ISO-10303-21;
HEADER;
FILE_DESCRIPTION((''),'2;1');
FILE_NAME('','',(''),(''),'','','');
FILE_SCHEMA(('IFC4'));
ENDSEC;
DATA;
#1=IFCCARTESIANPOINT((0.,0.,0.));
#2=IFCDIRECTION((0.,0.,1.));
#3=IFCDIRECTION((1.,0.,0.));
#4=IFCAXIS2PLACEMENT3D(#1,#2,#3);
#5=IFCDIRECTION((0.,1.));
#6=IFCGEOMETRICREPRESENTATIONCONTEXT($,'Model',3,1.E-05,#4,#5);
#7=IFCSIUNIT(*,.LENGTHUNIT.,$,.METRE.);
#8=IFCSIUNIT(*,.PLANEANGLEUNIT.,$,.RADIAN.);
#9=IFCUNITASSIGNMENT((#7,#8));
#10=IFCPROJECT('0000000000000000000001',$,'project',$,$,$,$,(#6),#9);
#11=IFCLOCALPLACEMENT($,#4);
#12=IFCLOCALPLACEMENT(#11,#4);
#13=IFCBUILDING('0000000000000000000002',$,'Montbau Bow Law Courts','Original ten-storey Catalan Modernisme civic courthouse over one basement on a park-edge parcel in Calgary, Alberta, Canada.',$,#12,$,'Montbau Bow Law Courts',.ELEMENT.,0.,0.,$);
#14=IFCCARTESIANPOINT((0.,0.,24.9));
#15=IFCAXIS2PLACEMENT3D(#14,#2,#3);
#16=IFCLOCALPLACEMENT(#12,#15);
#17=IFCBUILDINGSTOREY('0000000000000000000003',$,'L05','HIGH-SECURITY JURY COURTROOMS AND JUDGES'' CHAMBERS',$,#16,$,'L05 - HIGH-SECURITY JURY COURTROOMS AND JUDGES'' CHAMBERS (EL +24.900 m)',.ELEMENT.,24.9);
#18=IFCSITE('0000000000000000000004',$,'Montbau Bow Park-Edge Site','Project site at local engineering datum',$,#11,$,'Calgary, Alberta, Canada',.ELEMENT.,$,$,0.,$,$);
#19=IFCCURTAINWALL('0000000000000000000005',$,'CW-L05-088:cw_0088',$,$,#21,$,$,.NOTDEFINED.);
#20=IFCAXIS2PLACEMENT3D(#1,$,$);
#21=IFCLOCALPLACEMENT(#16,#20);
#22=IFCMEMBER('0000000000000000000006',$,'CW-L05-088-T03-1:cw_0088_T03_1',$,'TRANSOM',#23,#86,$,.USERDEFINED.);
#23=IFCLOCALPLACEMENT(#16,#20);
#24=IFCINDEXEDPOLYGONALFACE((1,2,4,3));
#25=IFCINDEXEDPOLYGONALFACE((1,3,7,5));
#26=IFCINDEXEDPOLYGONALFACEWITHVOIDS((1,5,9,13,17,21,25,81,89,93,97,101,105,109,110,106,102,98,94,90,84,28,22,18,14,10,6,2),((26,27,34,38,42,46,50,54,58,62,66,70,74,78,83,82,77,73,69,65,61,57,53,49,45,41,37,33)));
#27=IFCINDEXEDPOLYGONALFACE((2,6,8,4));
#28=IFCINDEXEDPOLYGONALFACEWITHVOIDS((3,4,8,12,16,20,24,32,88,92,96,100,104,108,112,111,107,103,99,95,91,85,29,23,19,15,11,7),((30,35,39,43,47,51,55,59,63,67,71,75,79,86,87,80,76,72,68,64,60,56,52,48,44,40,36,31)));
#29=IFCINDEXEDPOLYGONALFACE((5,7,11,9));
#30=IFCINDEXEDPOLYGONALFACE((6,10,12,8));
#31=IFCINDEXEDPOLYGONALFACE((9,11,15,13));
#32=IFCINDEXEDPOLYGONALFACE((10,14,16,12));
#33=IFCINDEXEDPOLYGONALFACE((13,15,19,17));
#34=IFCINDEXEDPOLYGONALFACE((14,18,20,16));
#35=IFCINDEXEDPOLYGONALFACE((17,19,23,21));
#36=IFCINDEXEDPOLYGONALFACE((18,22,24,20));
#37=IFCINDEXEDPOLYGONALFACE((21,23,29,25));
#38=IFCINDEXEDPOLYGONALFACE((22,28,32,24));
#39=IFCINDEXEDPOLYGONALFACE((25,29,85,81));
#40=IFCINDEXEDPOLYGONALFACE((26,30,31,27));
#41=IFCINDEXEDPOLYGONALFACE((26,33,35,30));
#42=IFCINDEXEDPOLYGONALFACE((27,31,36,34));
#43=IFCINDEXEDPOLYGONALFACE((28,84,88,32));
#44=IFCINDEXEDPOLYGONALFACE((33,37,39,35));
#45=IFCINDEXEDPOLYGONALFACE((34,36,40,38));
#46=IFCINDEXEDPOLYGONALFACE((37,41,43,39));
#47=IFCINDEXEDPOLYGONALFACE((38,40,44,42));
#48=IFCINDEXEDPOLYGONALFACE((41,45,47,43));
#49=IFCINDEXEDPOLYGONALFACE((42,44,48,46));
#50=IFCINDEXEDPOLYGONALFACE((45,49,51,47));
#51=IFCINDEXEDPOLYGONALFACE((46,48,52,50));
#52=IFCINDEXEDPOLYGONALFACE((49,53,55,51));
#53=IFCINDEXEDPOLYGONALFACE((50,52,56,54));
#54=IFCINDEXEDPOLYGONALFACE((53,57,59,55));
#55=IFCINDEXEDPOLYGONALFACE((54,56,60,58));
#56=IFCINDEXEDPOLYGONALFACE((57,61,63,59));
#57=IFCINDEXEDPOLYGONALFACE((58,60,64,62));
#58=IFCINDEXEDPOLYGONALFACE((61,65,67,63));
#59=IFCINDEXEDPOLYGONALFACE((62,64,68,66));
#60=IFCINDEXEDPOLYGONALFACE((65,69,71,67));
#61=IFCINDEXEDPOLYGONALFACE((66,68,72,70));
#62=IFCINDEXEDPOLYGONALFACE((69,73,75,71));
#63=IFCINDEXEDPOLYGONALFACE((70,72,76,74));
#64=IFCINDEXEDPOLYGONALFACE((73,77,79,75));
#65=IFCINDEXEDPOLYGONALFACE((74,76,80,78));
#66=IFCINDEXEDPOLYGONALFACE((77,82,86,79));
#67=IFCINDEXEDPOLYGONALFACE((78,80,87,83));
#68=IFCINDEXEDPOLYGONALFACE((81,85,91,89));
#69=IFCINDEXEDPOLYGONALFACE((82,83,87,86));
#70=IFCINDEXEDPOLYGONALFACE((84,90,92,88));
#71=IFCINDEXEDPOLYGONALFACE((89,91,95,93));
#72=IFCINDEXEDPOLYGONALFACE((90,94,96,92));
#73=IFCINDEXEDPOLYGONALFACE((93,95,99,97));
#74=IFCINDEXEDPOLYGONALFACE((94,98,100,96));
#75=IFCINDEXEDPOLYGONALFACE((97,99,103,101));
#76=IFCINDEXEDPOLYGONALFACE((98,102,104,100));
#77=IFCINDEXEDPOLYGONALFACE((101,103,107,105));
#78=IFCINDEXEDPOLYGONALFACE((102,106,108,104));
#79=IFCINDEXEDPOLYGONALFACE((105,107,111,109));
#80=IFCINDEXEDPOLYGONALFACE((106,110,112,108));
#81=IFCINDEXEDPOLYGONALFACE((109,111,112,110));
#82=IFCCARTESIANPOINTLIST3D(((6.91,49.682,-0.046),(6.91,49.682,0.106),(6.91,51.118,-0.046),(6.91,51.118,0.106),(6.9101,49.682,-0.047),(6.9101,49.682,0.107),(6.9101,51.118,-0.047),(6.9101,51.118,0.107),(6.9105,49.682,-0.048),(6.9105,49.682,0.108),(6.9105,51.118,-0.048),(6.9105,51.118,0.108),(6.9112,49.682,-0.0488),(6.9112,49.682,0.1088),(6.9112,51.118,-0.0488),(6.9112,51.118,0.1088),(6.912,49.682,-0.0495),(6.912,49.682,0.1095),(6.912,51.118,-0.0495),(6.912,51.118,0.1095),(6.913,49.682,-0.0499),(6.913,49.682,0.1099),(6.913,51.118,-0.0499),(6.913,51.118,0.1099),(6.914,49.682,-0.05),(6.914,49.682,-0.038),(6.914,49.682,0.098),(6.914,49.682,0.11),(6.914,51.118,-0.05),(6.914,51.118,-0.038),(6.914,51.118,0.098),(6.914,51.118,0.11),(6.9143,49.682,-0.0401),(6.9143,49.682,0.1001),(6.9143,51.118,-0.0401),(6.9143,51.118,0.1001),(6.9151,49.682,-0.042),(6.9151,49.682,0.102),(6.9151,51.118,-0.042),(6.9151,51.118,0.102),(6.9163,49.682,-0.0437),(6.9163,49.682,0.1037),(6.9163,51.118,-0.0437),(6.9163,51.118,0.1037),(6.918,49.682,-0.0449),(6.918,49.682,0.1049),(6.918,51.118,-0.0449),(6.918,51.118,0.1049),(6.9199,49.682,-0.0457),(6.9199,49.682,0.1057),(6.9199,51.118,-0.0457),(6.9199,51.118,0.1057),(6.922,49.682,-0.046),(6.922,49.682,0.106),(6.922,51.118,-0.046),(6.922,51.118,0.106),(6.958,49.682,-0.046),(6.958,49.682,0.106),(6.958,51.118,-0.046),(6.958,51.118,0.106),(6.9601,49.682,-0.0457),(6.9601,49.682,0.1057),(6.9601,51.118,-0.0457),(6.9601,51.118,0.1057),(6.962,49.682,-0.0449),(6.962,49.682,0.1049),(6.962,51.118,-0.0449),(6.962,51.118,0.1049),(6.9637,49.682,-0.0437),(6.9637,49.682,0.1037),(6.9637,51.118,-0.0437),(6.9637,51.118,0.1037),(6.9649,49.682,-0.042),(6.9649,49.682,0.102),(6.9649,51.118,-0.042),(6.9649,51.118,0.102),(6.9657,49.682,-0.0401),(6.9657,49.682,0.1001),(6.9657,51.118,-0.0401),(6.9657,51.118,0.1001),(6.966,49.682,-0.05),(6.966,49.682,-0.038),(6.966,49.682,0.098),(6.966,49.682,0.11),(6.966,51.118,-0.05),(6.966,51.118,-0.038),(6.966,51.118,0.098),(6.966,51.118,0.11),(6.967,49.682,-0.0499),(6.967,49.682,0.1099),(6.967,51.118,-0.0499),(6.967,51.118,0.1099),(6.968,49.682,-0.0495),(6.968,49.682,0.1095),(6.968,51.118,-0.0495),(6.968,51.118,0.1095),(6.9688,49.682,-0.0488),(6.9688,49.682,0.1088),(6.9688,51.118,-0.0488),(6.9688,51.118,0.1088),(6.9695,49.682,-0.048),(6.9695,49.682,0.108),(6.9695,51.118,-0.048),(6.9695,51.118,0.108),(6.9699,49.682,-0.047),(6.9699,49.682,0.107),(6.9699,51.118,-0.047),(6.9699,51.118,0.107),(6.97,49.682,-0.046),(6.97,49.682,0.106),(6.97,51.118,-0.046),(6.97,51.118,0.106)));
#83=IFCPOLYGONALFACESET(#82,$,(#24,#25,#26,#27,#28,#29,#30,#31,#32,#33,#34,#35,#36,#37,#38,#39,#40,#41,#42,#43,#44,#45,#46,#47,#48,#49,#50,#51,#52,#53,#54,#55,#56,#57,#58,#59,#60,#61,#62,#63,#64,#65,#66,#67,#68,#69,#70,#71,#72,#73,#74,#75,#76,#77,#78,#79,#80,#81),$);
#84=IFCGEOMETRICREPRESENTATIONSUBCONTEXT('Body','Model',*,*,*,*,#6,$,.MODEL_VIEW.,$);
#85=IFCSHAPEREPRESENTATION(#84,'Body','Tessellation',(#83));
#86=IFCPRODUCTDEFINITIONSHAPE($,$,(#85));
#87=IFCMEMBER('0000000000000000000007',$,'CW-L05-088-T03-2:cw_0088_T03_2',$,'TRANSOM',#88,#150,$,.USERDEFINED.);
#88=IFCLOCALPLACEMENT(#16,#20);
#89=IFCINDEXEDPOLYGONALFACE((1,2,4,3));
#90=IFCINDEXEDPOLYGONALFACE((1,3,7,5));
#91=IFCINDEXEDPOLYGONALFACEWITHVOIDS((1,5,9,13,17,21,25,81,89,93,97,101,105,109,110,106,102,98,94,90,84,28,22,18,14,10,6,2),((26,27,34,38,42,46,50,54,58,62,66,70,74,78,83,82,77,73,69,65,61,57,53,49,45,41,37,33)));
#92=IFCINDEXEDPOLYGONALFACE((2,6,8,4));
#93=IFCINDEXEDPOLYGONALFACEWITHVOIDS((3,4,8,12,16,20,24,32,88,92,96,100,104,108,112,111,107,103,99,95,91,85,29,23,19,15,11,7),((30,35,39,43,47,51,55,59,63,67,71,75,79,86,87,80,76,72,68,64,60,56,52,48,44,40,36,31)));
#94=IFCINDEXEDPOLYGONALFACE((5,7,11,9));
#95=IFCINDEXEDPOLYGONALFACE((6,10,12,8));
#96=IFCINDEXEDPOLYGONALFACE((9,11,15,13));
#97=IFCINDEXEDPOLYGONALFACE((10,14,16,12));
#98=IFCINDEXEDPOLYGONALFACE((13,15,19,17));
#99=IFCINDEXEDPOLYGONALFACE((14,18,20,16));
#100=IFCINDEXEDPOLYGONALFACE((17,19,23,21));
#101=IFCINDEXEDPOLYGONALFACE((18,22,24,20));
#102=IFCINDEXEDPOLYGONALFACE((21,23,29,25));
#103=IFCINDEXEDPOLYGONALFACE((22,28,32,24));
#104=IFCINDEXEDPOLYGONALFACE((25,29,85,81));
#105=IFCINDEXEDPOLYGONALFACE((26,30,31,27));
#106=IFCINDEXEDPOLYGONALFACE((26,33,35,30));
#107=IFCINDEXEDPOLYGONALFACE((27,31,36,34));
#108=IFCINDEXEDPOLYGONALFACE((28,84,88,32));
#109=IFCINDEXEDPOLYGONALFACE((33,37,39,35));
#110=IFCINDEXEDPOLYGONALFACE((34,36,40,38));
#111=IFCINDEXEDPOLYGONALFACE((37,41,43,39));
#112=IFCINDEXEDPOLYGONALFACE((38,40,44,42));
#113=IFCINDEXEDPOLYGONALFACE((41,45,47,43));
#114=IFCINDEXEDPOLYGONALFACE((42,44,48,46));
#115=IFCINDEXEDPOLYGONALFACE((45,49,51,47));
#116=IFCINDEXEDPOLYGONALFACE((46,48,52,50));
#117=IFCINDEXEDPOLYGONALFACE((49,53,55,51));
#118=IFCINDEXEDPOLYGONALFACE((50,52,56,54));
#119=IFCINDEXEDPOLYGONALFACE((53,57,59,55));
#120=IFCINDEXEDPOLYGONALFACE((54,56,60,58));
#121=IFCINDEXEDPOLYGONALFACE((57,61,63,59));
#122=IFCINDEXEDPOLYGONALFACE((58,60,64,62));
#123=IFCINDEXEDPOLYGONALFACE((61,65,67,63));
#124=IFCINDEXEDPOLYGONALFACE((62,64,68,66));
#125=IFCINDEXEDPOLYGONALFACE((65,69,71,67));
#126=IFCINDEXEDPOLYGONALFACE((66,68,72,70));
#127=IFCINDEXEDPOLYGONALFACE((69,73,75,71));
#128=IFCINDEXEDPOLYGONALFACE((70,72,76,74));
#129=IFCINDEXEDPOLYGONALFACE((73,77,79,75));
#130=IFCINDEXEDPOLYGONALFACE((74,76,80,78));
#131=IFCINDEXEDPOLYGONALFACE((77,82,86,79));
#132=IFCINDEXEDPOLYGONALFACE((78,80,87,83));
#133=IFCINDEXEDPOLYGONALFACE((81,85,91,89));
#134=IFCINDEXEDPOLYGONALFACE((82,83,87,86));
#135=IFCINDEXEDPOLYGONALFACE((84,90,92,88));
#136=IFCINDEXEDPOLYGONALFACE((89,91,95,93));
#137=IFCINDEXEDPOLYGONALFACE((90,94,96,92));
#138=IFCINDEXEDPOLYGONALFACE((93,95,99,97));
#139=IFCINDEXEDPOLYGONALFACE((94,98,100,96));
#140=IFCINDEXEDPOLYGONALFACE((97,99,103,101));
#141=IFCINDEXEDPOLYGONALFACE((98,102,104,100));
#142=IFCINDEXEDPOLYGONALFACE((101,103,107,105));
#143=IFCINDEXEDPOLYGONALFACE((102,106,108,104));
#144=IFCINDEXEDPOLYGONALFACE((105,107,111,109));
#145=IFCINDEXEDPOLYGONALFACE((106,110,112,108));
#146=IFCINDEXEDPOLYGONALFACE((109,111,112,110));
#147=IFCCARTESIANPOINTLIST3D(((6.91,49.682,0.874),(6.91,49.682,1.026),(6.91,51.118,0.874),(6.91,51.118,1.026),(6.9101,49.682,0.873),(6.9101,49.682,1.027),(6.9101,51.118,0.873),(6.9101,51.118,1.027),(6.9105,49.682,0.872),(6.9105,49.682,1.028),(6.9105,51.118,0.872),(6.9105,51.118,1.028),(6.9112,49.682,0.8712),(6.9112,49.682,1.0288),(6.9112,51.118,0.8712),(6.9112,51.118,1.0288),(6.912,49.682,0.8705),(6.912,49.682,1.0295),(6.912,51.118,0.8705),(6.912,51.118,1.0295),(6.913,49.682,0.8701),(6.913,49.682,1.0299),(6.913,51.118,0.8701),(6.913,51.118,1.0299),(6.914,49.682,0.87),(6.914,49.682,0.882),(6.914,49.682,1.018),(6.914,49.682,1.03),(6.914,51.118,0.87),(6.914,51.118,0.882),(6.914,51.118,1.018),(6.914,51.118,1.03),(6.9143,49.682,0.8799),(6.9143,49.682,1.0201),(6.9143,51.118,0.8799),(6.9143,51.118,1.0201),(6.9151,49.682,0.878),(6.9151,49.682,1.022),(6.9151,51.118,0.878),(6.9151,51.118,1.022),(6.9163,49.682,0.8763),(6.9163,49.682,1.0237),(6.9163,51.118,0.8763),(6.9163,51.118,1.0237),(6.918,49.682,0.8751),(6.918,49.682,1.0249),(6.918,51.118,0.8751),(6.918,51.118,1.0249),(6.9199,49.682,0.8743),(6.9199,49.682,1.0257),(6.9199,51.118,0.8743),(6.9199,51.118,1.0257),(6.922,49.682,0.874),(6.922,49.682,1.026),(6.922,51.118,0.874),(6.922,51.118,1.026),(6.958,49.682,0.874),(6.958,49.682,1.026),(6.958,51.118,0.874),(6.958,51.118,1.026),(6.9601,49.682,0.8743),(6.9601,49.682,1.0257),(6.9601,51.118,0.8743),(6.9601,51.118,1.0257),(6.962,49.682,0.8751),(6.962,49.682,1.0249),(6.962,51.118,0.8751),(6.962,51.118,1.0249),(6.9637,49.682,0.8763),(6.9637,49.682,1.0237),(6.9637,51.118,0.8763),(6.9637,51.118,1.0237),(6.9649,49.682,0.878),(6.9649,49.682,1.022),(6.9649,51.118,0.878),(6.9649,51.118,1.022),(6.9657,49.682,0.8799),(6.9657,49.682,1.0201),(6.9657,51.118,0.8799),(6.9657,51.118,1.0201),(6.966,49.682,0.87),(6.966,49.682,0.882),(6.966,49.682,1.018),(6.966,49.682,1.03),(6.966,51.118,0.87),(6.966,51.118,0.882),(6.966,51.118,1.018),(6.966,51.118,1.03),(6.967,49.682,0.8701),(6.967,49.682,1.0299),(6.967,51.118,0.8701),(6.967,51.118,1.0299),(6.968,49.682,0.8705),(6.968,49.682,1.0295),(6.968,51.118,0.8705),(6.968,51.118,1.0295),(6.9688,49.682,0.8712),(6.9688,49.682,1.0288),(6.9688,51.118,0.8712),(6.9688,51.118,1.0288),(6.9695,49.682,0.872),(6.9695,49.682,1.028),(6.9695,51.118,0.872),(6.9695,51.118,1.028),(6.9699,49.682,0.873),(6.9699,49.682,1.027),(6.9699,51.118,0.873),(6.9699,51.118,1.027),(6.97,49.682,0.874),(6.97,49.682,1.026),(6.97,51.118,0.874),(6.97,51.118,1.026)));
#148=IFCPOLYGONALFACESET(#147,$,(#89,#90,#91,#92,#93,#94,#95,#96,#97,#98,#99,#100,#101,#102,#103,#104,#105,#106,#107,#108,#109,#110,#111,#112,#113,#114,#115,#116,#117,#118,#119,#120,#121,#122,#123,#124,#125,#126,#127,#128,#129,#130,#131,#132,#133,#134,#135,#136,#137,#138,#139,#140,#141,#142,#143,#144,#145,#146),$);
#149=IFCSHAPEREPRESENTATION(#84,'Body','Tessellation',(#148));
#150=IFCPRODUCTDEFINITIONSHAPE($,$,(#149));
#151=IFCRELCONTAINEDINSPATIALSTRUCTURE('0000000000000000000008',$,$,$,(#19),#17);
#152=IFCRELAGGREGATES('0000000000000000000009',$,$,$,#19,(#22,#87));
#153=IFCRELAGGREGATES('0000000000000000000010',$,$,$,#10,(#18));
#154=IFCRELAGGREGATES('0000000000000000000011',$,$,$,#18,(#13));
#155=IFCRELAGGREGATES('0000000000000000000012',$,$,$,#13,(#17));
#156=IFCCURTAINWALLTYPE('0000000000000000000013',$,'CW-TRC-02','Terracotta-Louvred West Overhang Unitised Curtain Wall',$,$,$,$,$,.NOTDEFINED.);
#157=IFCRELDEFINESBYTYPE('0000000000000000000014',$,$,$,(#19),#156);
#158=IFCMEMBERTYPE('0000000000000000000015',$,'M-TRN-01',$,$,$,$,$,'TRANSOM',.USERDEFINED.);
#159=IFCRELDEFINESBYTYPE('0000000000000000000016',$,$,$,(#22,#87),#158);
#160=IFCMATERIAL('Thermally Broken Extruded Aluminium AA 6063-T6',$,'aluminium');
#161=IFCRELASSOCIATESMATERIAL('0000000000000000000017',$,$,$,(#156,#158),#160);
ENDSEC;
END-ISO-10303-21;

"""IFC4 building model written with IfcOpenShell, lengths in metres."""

from ifc_helpers import new_model, si_unit, direction, frame, origin_with_axes, origin_2d_with_axis, place, context, subcontext, project, spatial, hollow_rectangle, extrude, material, material_profile, profile_set, type_object, element, aggregate, save


model = new_model("IFC4")

# Units and contexts
model_context = context("Model", 3, precision=1e-05, world=origin_with_axes(), true_north=direction((0.0, 1.0)))
body_context = subcontext(model_context, "Body", "Model", "MODEL_VIEW")
ifc_project = project(units=[si_unit("LENGTHUNIT", "METRE"), si_unit("PLANEANGLEUNIT", "RADIAN")], contexts=[model_context])

# Site, building, storey
site_placement = place(None, origin_with_axes())
site = spatial("IfcSite", under=ifc_project, at=site_placement, Name="Montbau Bow Park-Edge Site", Description="Project site at local engineering datum", LongName="Calgary, Alberta, Canada", CompositionType="ELEMENT", RefElevation=0.0)
building_placement = place(site_placement, origin_with_axes())
building = spatial("IfcBuilding", under=site, at=building_placement, Name="Montbau Bow Law Courts", Description="Original ten-storey Catalan Modernisme civic courthouse over one basement on a park-edge parcel in Calgary, Alberta, Canada.", LongName="Montbau Bow Law Courts", CompositionType="ELEMENT", ElevationOfRefHeight=0.0, ElevationOfTerrain=0.0)
storey_placement = place(building_placement, frame((0.0, 0.0, 24.9), z_axis=(0.0, 0.0, 1.0), x_axis=(1.0, 0.0, 0.0)))
storey = spatial("IfcBuildingStorey", under=building, at=storey_placement, Name="L05", Description="HIGH-SECURITY JURY COURTROOMS AND JUDGES' CHAMBERS", LongName="L05 - HIGH-SECURITY JURY COURTROOMS AND JUDGES' CHAMBERS (EL +24.900 m)", CompositionType="ELEMENT", Elevation=24.9)

# Curtain wall, members
ifc_material_1 = material(Name="Thermally Broken Extruded Aluminium AA 6063-T6", Category="aluminium")
curtain_wall_type = type_object("IfcCurtainWallType", Name="CW-TRC-02", Description="Terracotta-Louvred West Overhang Unitised Curtain Wall", PredefinedType="NOTDEFINED", material=ifc_material_1)
curtain_wall_placement = place(None, frame((6.94, 46.64, 24.9), z_axis=(0.0, 0.0, 1.0), x_axis=(1.0, 0.0, 0.0)))
curtain_wall = element("IfcCurtainWall", 1, at=curtain_wall_placement, inside=storey, type_object=curtain_wall_type, Name="CW-L05-088:cw_0088", PredefinedType="NOTDEFINED")
ifc_material_profile_1 = material_profile(ifc_material_1, hollow_rectangle(XDim=0.06, YDim=0.16, WallThickness=0.004, InnerFilletRadius=0.008, OuterFilletRadius=0.004, at=origin_2d_with_axis()), Name="CWT-160X60", Category="Main", Priority=0)
ifc_profile_set_1 = profile_set([ifc_material_profile_1], Name="Thermally Broken Extruded Aluminium AA 6063-T6")
member_type_1 = type_object("IfcMemberType", Name="M-TRN-01", ElementType="TRANSOM", PredefinedType="USERDEFINED", material=ifc_profile_set_1)
member_1_placement = place(None, frame((6.94, 49.682, 24.93), z_axis=(0.0, 1.0, 0.0), x_axis=(-1.0, 0.0, 0.0)))
member_1 = element("IfcMember", 2, at=member_1_placement, type_object=member_type_1, Name="CW-L05-088-T03-1:cw_0088_T03_1", ObjectType="TRANSOM", PredefinedType="USERDEFINED", context=body_context, shape_type="SweptSolid", body=[
    extrude(hollow_rectangle(XDim=0.06, YDim=0.16, WallThickness=0.004, InnerFilletRadius=0.008, OuterFilletRadius=0.004, at=origin_2d_with_axis()), origin_with_axes(), (0.0, 0.0, 1.0), 1.436),
])
member_2_placement = place(None, frame((6.94, 49.682, 25.85), z_axis=(0.0, 1.0, 0.0), x_axis=(-1.0, 0.0, 0.0)))
member_2 = element("IfcMember", 3, at=member_2_placement, type_object=member_type_1, Name="CW-L05-088-T03-2:cw_0088_T03_2", ObjectType="TRANSOM", PredefinedType="USERDEFINED", context=body_context, shape_type="SweptSolid", body=[
    extrude(hollow_rectangle(XDim=0.06, YDim=0.16, WallThickness=0.004, InnerFilletRadius=0.008, OuterFilletRadius=0.004, at=origin_2d_with_axis()), origin_with_axes(), (0.0, 0.0, 1.0), 1.436),
])
aggregate(curtain_wall, [member_1, member_2])

save(model, "model.ifc")
